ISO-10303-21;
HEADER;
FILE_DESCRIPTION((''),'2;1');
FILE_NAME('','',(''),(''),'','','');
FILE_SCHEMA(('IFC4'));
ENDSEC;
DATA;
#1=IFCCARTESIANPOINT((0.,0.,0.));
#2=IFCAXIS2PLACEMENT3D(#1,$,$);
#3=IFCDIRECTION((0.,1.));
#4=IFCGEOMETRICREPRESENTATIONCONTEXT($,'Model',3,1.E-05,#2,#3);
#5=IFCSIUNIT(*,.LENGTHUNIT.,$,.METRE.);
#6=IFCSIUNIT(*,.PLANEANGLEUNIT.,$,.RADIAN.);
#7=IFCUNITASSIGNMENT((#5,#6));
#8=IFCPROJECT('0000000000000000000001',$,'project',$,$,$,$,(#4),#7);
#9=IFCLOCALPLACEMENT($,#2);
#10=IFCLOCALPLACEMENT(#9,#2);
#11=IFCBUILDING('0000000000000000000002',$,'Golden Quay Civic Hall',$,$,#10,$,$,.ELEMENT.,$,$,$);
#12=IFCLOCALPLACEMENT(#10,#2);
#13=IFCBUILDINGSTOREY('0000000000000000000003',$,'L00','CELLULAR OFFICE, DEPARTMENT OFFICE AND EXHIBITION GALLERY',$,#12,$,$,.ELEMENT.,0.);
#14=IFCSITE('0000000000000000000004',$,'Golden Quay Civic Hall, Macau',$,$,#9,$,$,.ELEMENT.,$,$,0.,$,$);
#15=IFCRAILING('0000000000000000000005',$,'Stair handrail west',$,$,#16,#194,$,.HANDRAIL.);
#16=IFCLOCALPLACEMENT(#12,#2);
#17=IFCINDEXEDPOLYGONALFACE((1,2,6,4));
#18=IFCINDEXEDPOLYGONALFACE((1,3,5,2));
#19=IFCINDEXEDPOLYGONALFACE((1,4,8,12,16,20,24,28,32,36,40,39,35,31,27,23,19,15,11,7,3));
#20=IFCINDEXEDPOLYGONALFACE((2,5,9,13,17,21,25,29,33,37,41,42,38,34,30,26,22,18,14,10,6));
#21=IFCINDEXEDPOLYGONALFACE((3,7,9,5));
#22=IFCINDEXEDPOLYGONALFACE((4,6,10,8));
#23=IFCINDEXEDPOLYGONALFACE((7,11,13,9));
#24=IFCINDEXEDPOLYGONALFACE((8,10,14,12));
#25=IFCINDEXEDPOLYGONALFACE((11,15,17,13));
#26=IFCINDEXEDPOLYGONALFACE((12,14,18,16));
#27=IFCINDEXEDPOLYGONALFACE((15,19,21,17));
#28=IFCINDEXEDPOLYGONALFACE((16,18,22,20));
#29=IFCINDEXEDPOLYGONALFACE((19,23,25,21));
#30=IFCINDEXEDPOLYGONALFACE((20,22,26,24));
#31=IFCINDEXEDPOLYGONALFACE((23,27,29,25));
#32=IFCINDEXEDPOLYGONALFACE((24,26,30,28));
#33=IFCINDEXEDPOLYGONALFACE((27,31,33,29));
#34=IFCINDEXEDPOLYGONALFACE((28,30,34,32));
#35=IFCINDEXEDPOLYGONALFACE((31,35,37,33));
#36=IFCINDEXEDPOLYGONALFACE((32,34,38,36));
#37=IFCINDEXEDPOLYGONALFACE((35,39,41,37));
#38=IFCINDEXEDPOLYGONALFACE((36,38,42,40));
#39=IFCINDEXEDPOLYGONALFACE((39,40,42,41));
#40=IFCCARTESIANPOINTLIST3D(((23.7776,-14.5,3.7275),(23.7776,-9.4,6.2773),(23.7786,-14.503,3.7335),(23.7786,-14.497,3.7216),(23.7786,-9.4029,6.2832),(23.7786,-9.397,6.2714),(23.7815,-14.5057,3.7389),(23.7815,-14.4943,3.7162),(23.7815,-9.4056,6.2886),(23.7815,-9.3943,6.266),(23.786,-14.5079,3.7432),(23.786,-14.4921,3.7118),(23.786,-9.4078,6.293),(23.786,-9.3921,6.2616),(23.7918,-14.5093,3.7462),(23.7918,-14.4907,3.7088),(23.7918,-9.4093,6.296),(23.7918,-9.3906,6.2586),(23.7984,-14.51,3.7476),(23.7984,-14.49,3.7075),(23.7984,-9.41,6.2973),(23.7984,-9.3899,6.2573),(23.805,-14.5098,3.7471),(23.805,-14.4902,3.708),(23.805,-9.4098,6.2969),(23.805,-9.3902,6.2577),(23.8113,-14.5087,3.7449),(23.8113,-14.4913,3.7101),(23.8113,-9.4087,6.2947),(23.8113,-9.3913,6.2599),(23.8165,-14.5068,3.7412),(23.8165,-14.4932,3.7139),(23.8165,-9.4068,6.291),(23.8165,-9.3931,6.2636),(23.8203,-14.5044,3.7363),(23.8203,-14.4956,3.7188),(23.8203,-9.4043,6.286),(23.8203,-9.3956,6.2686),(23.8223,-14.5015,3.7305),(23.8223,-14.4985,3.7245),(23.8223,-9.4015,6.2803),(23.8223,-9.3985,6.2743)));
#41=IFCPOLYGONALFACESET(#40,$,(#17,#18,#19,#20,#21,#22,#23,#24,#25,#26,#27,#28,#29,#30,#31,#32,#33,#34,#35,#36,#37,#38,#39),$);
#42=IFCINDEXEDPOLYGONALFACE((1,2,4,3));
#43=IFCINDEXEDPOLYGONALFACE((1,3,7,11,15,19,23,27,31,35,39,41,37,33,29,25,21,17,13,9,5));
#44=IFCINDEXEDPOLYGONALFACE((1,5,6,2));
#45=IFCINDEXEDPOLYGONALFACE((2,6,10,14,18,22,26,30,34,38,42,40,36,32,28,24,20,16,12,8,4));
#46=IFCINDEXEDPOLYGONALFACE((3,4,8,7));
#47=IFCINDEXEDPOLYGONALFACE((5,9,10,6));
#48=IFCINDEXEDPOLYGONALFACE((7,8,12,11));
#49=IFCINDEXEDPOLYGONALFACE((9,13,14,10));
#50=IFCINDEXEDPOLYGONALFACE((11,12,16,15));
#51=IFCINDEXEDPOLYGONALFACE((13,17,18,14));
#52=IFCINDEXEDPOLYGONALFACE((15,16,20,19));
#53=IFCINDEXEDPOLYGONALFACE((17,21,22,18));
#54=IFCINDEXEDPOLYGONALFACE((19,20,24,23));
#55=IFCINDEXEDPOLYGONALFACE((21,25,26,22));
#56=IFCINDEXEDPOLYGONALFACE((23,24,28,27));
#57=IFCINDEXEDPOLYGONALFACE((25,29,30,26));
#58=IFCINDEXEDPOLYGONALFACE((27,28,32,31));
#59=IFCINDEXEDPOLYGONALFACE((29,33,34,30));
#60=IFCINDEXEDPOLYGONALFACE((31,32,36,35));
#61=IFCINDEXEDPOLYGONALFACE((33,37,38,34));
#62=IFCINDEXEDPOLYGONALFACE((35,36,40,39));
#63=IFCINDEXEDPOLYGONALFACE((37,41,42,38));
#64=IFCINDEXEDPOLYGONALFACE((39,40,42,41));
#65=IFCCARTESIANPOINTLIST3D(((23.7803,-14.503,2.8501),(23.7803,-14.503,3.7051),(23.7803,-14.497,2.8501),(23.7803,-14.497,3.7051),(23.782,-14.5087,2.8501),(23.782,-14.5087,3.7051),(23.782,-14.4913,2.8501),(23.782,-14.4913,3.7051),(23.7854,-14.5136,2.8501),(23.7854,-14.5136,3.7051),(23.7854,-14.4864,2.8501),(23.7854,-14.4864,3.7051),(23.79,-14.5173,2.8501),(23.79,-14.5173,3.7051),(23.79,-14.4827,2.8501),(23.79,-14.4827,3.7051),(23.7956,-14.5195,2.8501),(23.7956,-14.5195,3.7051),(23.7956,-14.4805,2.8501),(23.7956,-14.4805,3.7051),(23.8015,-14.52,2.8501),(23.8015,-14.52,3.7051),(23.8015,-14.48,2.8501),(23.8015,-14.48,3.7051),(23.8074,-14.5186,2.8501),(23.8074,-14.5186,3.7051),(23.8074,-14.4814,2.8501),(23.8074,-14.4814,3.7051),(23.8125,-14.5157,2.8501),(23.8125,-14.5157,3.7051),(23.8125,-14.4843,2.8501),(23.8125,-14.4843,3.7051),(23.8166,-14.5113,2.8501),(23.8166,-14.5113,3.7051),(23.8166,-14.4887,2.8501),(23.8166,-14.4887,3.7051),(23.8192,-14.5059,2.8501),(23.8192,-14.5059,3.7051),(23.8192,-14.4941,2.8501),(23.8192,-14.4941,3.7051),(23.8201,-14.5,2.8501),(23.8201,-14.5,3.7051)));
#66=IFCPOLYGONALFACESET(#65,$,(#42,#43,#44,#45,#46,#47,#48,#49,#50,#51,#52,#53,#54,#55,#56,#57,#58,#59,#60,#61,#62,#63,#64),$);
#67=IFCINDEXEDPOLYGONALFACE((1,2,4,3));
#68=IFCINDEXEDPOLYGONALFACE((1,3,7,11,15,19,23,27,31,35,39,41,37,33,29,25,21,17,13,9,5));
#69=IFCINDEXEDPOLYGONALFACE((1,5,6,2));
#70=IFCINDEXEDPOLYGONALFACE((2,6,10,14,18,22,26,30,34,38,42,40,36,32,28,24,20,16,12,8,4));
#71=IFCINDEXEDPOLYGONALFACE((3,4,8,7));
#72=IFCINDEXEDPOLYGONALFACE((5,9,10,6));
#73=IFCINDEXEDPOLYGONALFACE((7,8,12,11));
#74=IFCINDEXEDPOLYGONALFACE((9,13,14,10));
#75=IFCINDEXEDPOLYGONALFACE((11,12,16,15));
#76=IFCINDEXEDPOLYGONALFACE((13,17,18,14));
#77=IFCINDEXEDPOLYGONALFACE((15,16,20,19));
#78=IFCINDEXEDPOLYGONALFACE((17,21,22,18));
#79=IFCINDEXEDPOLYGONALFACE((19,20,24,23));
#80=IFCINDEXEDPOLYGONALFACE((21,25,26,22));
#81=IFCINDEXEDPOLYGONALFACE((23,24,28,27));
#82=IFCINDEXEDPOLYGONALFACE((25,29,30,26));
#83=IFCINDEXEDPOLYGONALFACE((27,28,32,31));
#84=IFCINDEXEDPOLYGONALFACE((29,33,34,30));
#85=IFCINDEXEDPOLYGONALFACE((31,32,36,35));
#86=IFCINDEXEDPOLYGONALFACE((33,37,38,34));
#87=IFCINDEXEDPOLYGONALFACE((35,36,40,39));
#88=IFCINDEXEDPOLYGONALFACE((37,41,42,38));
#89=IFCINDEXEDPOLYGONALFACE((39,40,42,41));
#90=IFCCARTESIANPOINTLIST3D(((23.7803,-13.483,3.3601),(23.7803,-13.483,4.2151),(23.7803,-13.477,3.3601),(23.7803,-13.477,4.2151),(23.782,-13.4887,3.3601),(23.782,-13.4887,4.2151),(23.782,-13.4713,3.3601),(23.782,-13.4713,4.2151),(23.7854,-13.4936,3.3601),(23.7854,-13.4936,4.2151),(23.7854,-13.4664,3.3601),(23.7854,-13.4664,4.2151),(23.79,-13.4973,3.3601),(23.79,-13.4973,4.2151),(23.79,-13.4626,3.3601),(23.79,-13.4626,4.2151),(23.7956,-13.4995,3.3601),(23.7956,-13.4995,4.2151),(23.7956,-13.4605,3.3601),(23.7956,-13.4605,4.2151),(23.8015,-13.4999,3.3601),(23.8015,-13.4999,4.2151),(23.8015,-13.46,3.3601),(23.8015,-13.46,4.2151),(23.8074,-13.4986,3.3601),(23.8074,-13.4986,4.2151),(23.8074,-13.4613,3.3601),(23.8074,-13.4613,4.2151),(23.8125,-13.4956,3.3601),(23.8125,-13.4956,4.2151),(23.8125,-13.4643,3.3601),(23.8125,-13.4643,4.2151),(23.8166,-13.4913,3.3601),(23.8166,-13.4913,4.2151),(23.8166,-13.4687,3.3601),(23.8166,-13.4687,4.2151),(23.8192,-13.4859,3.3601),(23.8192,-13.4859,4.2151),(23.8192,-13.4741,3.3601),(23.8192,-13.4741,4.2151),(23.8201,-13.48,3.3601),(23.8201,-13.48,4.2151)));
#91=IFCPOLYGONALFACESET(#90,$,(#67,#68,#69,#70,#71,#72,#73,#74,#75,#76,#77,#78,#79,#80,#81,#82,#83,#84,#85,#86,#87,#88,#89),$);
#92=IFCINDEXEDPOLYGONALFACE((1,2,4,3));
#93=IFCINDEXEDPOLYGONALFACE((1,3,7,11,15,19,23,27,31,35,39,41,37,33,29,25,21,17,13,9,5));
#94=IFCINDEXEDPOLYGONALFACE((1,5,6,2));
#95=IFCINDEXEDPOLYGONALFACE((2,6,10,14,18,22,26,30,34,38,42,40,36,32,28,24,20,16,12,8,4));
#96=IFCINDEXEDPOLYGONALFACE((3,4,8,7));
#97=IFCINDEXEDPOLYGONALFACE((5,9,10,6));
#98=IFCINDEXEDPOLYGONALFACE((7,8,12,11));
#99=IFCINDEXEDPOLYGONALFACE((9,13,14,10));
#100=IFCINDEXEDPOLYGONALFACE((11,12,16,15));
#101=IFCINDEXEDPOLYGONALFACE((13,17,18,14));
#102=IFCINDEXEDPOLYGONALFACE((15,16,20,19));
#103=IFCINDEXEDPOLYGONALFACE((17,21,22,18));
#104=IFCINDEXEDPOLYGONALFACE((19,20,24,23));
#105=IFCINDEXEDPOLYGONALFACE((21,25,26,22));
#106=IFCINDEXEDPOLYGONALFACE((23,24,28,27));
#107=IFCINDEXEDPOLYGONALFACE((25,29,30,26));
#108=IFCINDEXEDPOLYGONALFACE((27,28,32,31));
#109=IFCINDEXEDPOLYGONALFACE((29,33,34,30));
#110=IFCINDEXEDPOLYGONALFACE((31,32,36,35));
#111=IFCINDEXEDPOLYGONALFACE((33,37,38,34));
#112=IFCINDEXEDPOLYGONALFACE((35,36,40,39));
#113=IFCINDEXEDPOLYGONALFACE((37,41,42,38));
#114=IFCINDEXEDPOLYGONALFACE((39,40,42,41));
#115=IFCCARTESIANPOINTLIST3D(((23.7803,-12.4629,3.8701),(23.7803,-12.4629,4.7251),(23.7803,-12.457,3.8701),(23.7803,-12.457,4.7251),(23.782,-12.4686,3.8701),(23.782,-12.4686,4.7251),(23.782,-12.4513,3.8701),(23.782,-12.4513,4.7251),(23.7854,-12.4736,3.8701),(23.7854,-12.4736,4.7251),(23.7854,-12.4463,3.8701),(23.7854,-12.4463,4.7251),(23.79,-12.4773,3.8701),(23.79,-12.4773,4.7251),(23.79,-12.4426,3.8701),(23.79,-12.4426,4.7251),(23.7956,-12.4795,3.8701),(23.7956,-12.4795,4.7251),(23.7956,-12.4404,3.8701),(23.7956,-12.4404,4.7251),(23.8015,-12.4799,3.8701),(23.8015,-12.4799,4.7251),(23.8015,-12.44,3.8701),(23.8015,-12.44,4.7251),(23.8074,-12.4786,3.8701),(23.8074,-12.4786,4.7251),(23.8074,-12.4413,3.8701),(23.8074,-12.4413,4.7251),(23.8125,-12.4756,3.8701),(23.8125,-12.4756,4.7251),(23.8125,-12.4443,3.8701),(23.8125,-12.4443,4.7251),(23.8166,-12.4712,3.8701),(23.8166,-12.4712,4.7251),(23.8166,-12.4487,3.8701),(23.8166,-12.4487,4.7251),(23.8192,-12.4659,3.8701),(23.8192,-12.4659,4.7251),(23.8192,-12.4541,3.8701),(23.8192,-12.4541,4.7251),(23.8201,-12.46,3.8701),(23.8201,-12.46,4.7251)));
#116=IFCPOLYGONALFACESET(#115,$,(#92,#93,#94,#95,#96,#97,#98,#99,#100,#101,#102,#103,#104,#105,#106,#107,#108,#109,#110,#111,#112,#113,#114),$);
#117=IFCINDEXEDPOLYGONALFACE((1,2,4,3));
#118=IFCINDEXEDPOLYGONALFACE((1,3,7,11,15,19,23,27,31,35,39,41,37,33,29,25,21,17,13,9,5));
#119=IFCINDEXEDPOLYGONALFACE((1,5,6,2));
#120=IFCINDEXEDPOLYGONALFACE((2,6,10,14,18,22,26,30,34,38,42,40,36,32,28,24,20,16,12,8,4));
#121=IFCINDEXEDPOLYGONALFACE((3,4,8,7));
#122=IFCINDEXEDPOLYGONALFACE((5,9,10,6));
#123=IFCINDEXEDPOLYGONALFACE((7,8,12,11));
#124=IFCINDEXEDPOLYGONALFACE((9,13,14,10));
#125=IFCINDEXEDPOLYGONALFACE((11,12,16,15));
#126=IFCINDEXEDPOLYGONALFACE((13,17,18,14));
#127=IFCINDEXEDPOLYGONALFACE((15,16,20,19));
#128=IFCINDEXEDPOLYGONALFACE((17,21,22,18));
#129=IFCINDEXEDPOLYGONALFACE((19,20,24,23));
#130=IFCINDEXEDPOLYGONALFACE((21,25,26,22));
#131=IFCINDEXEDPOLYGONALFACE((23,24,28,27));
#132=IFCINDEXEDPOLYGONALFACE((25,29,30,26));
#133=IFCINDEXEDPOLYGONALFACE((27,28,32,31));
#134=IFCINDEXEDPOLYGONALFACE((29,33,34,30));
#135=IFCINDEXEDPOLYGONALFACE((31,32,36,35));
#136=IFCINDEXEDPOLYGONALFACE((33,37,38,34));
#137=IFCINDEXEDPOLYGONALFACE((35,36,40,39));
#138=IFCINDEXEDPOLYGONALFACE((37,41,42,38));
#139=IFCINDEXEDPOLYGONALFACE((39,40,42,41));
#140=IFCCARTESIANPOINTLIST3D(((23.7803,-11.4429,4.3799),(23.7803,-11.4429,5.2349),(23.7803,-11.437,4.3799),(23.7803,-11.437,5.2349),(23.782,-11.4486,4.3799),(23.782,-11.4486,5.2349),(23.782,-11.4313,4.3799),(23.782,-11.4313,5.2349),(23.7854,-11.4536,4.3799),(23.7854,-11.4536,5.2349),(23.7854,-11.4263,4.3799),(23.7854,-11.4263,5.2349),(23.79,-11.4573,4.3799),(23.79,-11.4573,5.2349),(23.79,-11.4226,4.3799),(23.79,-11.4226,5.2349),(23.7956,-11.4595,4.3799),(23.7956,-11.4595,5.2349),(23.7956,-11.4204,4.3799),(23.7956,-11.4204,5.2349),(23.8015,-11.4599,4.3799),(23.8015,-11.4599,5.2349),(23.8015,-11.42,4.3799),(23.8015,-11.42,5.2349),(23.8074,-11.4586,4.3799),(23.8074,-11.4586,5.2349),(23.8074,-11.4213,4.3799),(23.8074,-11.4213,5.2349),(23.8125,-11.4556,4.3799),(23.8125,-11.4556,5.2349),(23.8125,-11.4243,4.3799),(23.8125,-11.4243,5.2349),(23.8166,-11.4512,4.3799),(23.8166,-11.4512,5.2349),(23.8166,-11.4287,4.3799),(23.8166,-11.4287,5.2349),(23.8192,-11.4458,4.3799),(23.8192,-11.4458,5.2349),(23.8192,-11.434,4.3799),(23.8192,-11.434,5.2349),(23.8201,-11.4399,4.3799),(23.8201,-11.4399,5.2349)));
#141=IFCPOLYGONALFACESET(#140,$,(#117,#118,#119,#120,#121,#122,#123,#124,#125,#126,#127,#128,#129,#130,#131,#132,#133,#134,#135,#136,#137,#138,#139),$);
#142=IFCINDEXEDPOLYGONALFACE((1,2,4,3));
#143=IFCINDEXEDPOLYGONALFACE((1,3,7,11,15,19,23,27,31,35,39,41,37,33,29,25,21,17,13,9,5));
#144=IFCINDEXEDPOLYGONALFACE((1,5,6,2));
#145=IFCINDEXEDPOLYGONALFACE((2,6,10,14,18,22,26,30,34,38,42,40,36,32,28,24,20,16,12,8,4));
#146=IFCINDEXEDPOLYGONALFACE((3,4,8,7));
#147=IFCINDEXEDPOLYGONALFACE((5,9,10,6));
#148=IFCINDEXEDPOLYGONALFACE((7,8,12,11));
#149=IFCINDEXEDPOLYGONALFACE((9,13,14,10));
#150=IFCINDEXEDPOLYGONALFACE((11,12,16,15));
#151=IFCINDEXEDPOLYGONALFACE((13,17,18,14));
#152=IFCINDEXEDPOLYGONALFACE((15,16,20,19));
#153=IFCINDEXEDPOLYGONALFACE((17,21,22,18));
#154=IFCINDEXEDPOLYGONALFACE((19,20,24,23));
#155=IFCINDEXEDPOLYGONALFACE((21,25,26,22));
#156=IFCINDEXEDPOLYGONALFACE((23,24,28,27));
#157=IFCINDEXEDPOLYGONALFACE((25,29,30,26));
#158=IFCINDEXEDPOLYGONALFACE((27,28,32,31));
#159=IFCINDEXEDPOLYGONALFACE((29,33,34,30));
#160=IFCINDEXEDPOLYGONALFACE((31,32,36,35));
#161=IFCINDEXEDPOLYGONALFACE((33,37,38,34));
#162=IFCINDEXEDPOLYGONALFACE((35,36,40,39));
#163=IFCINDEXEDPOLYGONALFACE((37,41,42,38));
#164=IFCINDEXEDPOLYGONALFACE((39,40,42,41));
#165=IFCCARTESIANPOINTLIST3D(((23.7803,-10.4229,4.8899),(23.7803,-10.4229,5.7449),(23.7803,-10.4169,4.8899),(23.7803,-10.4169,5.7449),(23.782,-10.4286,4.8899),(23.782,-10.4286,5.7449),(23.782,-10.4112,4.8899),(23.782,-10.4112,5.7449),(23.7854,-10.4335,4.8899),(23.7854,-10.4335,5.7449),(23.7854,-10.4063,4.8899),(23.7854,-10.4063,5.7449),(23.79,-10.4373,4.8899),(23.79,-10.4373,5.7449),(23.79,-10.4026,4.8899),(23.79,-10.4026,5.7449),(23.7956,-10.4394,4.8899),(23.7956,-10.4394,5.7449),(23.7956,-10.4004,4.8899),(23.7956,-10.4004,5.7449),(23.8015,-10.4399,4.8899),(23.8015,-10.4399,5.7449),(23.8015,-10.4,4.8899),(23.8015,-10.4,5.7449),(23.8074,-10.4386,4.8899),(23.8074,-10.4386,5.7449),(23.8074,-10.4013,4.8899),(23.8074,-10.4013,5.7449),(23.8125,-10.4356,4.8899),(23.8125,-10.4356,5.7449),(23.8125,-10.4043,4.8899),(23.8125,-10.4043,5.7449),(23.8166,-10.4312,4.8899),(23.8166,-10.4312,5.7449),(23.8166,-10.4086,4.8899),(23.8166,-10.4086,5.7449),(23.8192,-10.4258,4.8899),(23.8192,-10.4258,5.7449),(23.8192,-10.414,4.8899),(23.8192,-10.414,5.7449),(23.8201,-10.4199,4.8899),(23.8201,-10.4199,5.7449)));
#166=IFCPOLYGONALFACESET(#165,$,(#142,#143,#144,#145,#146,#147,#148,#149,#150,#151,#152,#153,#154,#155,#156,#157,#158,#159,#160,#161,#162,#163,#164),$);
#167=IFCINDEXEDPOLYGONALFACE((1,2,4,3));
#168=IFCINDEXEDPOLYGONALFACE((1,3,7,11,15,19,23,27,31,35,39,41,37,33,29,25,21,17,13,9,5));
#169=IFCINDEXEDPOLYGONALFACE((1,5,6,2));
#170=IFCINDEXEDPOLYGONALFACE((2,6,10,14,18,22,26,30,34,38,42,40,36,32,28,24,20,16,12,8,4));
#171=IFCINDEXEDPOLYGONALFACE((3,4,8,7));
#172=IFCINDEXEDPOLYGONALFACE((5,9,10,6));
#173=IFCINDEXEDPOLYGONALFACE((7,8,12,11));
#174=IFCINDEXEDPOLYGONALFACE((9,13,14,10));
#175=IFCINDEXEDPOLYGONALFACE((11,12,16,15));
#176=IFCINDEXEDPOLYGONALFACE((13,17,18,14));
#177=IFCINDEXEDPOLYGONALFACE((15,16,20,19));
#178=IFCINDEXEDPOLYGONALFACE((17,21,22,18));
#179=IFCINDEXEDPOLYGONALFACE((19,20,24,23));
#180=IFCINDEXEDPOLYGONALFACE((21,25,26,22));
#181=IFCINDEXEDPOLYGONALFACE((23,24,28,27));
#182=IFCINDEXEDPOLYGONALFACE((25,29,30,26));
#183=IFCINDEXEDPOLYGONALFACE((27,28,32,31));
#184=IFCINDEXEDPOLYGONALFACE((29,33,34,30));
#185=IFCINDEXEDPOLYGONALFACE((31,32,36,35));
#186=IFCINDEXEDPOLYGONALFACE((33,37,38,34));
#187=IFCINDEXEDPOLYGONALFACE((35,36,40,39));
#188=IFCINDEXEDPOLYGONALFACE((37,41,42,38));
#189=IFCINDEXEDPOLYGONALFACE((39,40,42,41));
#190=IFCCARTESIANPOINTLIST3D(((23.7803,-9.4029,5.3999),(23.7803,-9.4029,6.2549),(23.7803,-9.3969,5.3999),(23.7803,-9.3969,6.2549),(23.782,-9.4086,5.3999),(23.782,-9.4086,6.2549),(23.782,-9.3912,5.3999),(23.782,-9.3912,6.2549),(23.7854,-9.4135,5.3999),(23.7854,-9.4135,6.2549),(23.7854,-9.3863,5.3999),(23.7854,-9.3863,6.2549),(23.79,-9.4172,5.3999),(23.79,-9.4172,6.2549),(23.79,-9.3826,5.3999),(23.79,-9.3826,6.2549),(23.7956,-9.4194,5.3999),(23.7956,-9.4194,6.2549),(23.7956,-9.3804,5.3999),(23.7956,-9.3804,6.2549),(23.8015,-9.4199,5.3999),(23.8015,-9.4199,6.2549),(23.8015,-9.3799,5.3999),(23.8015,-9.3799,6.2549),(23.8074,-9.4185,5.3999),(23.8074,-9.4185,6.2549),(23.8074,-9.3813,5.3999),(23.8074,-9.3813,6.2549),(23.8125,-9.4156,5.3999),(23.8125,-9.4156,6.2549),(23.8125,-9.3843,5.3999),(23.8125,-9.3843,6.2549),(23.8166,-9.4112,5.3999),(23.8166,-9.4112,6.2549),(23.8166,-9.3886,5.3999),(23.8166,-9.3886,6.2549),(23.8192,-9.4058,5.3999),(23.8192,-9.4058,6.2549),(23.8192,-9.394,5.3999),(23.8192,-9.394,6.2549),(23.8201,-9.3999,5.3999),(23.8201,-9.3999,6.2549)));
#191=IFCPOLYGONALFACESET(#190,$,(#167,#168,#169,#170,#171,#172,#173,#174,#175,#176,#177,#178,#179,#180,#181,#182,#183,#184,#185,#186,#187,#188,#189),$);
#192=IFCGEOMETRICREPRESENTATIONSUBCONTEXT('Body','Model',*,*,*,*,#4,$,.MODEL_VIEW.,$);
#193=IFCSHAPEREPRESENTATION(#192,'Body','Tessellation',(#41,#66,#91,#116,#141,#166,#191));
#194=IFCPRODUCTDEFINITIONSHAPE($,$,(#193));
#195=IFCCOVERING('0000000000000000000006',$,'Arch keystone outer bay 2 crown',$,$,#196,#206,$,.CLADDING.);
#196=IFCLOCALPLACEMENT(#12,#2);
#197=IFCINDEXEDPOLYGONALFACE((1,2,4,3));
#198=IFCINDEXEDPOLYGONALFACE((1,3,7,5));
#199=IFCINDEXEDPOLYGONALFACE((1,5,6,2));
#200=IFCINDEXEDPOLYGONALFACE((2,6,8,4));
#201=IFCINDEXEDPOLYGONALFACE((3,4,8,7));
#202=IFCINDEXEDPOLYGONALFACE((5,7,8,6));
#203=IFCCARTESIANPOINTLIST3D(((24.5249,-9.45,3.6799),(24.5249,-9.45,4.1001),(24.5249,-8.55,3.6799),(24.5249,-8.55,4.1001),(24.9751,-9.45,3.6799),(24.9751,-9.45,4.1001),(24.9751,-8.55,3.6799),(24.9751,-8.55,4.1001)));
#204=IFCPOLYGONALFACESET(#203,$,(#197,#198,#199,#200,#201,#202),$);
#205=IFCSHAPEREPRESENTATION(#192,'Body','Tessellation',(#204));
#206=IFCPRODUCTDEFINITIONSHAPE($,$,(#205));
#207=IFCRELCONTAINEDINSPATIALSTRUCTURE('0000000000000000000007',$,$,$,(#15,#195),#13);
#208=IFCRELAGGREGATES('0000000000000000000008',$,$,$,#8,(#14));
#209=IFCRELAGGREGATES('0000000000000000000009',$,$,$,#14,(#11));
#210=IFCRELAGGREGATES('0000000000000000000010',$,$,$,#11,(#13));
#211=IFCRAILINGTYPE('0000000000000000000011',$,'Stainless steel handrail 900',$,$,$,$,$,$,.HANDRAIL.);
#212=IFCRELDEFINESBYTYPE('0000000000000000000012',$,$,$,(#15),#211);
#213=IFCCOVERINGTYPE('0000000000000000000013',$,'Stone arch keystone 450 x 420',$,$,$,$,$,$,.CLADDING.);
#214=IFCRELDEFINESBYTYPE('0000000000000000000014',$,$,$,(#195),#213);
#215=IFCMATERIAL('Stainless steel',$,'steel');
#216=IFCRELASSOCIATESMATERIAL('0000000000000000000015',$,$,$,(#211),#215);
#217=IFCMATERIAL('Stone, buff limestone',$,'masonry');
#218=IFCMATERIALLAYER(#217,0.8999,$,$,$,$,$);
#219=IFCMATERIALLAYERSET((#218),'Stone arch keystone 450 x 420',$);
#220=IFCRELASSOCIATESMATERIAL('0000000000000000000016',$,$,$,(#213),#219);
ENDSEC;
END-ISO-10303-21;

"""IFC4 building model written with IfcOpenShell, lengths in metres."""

from ifc_helpers import new_model, si_unit, direction, frame, origin, origin_2d, place, context, subcontext, project, spatial, polyline, circle, outline, extrude, material, layer, layer_set, type_object, element, save


model = new_model("IFC4")

# Units and contexts
model_context = context("Model", 3, precision=1e-05, world=origin(), true_north=direction((0.0, 1.0)))
body_context = subcontext(model_context, "Body", "Model", "MODEL_VIEW")
ifc_project = project(units=[si_unit("LENGTHUNIT", "METRE"), si_unit("PLANEANGLEUNIT", "RADIAN")], contexts=[model_context])

# Site, building, storey
site_placement = place(None, origin())
site = spatial("IfcSite", under=ifc_project, at=site_placement, Name="Golden Quay Civic Hall, Macau", CompositionType="ELEMENT", RefElevation=0.0)
building_placement = place(site_placement, origin())
building = spatial("IfcBuilding", under=site, at=building_placement, Name="Golden Quay Civic Hall", CompositionType="ELEMENT")
storey_placement = place(building_placement, origin())
storey = spatial("IfcBuildingStorey", under=building, at=storey_placement, Name="L00", Description="CELLULAR OFFICE, DEPARTMENT OFFICE AND EXHIBITION GALLERY", CompositionType="ELEMENT", Elevation=0.0)

# Railing
ifc_material_1 = material(Name="Stainless steel", Category="steel")
railing_type_1 = type_object("IfcRailingType", Name="Stainless steel handrail 900", PredefinedType="HANDRAIL", material=ifc_material_1)
railing_1_placement = place(storey_placement, frame((23.8, -14.5, 2.8501)))
element("IfcRailing", 1, at=railing_1_placement, inside=storey, type_object=railing_type_1, Name="Stair handrail west", PredefinedType="HANDRAIL", context=body_context, shape_type="SweptSolid", body=[
    extrude(circle(Radius=0.0225, at=origin_2d()), frame((0.0, 0.0, 0.8774), z_axis=(0.0, 0.894444, 0.447179), x_axis=(-1.0, 0.0, 0.0)), (0.0, 0.0, 1.0), 5.7019),
    extrude(circle(Radius=0.02, at=origin_2d()), origin(), (0.0, 0.0, 1.0), 0.855),
    extrude(circle(Radius=0.02, at=origin_2d()), frame((0.0, 1.02, 0.51)), (0.0, 0.0, 1.0), 0.855),
    extrude(circle(Radius=0.02, at=origin_2d()), frame((0.0, 2.04, 1.02)), (0.0, 0.0, 1.0), 0.855),
    extrude(circle(Radius=0.02, at=origin_2d()), frame((0.0, 3.0601, 1.5298)), (0.0, 0.0, 1.0), 0.855),
    extrude(circle(Radius=0.02, at=origin_2d()), frame((0.0, 4.0801, 2.0398)), (0.0, 0.0, 1.0), 0.855),
    extrude(circle(Radius=0.02, at=origin_2d()), frame((0.0, 5.1001, 2.5498)), (0.0, 0.0, 1.0), 0.855),
])

# Covering
ifc_material_2 = material(Name="Stone, buff limestone", Category="masonry")
ifc_layer_1 = layer(ifc_material_2, 0.8999)
ifc_layer_set_1 = layer_set([ifc_layer_1], Name="Stone arch keystone 450 x 420")
covering_type_1 = type_object("IfcCoveringType", Name="Stone arch keystone 450 x 420", PredefinedType="CLADDING", material=ifc_layer_set_1)
covering_1_placement = place(storey_placement, frame((24.5249, -9.45, 3.6799), z_axis=(0.0, -1.0, 0.0), x_axis=(1.0, 0.0, 0.0)))
element("IfcCovering", 2, at=covering_1_placement, inside=storey, type_object=covering_type_1, Name="Arch keystone outer bay 2 crown", PredefinedType="CLADDING", context=body_context, shape_type="SweptSolid", body=[
    extrude(outline(polyline([(0.0, 0.0), (0.4502, 0.0), (0.4502, 0.4202), (0.0, 0.4202), (0.0, 0.0)])), origin(), (0.0, 0.0, -1.0), 0.8999),
])

save(model, "model.ifc")
